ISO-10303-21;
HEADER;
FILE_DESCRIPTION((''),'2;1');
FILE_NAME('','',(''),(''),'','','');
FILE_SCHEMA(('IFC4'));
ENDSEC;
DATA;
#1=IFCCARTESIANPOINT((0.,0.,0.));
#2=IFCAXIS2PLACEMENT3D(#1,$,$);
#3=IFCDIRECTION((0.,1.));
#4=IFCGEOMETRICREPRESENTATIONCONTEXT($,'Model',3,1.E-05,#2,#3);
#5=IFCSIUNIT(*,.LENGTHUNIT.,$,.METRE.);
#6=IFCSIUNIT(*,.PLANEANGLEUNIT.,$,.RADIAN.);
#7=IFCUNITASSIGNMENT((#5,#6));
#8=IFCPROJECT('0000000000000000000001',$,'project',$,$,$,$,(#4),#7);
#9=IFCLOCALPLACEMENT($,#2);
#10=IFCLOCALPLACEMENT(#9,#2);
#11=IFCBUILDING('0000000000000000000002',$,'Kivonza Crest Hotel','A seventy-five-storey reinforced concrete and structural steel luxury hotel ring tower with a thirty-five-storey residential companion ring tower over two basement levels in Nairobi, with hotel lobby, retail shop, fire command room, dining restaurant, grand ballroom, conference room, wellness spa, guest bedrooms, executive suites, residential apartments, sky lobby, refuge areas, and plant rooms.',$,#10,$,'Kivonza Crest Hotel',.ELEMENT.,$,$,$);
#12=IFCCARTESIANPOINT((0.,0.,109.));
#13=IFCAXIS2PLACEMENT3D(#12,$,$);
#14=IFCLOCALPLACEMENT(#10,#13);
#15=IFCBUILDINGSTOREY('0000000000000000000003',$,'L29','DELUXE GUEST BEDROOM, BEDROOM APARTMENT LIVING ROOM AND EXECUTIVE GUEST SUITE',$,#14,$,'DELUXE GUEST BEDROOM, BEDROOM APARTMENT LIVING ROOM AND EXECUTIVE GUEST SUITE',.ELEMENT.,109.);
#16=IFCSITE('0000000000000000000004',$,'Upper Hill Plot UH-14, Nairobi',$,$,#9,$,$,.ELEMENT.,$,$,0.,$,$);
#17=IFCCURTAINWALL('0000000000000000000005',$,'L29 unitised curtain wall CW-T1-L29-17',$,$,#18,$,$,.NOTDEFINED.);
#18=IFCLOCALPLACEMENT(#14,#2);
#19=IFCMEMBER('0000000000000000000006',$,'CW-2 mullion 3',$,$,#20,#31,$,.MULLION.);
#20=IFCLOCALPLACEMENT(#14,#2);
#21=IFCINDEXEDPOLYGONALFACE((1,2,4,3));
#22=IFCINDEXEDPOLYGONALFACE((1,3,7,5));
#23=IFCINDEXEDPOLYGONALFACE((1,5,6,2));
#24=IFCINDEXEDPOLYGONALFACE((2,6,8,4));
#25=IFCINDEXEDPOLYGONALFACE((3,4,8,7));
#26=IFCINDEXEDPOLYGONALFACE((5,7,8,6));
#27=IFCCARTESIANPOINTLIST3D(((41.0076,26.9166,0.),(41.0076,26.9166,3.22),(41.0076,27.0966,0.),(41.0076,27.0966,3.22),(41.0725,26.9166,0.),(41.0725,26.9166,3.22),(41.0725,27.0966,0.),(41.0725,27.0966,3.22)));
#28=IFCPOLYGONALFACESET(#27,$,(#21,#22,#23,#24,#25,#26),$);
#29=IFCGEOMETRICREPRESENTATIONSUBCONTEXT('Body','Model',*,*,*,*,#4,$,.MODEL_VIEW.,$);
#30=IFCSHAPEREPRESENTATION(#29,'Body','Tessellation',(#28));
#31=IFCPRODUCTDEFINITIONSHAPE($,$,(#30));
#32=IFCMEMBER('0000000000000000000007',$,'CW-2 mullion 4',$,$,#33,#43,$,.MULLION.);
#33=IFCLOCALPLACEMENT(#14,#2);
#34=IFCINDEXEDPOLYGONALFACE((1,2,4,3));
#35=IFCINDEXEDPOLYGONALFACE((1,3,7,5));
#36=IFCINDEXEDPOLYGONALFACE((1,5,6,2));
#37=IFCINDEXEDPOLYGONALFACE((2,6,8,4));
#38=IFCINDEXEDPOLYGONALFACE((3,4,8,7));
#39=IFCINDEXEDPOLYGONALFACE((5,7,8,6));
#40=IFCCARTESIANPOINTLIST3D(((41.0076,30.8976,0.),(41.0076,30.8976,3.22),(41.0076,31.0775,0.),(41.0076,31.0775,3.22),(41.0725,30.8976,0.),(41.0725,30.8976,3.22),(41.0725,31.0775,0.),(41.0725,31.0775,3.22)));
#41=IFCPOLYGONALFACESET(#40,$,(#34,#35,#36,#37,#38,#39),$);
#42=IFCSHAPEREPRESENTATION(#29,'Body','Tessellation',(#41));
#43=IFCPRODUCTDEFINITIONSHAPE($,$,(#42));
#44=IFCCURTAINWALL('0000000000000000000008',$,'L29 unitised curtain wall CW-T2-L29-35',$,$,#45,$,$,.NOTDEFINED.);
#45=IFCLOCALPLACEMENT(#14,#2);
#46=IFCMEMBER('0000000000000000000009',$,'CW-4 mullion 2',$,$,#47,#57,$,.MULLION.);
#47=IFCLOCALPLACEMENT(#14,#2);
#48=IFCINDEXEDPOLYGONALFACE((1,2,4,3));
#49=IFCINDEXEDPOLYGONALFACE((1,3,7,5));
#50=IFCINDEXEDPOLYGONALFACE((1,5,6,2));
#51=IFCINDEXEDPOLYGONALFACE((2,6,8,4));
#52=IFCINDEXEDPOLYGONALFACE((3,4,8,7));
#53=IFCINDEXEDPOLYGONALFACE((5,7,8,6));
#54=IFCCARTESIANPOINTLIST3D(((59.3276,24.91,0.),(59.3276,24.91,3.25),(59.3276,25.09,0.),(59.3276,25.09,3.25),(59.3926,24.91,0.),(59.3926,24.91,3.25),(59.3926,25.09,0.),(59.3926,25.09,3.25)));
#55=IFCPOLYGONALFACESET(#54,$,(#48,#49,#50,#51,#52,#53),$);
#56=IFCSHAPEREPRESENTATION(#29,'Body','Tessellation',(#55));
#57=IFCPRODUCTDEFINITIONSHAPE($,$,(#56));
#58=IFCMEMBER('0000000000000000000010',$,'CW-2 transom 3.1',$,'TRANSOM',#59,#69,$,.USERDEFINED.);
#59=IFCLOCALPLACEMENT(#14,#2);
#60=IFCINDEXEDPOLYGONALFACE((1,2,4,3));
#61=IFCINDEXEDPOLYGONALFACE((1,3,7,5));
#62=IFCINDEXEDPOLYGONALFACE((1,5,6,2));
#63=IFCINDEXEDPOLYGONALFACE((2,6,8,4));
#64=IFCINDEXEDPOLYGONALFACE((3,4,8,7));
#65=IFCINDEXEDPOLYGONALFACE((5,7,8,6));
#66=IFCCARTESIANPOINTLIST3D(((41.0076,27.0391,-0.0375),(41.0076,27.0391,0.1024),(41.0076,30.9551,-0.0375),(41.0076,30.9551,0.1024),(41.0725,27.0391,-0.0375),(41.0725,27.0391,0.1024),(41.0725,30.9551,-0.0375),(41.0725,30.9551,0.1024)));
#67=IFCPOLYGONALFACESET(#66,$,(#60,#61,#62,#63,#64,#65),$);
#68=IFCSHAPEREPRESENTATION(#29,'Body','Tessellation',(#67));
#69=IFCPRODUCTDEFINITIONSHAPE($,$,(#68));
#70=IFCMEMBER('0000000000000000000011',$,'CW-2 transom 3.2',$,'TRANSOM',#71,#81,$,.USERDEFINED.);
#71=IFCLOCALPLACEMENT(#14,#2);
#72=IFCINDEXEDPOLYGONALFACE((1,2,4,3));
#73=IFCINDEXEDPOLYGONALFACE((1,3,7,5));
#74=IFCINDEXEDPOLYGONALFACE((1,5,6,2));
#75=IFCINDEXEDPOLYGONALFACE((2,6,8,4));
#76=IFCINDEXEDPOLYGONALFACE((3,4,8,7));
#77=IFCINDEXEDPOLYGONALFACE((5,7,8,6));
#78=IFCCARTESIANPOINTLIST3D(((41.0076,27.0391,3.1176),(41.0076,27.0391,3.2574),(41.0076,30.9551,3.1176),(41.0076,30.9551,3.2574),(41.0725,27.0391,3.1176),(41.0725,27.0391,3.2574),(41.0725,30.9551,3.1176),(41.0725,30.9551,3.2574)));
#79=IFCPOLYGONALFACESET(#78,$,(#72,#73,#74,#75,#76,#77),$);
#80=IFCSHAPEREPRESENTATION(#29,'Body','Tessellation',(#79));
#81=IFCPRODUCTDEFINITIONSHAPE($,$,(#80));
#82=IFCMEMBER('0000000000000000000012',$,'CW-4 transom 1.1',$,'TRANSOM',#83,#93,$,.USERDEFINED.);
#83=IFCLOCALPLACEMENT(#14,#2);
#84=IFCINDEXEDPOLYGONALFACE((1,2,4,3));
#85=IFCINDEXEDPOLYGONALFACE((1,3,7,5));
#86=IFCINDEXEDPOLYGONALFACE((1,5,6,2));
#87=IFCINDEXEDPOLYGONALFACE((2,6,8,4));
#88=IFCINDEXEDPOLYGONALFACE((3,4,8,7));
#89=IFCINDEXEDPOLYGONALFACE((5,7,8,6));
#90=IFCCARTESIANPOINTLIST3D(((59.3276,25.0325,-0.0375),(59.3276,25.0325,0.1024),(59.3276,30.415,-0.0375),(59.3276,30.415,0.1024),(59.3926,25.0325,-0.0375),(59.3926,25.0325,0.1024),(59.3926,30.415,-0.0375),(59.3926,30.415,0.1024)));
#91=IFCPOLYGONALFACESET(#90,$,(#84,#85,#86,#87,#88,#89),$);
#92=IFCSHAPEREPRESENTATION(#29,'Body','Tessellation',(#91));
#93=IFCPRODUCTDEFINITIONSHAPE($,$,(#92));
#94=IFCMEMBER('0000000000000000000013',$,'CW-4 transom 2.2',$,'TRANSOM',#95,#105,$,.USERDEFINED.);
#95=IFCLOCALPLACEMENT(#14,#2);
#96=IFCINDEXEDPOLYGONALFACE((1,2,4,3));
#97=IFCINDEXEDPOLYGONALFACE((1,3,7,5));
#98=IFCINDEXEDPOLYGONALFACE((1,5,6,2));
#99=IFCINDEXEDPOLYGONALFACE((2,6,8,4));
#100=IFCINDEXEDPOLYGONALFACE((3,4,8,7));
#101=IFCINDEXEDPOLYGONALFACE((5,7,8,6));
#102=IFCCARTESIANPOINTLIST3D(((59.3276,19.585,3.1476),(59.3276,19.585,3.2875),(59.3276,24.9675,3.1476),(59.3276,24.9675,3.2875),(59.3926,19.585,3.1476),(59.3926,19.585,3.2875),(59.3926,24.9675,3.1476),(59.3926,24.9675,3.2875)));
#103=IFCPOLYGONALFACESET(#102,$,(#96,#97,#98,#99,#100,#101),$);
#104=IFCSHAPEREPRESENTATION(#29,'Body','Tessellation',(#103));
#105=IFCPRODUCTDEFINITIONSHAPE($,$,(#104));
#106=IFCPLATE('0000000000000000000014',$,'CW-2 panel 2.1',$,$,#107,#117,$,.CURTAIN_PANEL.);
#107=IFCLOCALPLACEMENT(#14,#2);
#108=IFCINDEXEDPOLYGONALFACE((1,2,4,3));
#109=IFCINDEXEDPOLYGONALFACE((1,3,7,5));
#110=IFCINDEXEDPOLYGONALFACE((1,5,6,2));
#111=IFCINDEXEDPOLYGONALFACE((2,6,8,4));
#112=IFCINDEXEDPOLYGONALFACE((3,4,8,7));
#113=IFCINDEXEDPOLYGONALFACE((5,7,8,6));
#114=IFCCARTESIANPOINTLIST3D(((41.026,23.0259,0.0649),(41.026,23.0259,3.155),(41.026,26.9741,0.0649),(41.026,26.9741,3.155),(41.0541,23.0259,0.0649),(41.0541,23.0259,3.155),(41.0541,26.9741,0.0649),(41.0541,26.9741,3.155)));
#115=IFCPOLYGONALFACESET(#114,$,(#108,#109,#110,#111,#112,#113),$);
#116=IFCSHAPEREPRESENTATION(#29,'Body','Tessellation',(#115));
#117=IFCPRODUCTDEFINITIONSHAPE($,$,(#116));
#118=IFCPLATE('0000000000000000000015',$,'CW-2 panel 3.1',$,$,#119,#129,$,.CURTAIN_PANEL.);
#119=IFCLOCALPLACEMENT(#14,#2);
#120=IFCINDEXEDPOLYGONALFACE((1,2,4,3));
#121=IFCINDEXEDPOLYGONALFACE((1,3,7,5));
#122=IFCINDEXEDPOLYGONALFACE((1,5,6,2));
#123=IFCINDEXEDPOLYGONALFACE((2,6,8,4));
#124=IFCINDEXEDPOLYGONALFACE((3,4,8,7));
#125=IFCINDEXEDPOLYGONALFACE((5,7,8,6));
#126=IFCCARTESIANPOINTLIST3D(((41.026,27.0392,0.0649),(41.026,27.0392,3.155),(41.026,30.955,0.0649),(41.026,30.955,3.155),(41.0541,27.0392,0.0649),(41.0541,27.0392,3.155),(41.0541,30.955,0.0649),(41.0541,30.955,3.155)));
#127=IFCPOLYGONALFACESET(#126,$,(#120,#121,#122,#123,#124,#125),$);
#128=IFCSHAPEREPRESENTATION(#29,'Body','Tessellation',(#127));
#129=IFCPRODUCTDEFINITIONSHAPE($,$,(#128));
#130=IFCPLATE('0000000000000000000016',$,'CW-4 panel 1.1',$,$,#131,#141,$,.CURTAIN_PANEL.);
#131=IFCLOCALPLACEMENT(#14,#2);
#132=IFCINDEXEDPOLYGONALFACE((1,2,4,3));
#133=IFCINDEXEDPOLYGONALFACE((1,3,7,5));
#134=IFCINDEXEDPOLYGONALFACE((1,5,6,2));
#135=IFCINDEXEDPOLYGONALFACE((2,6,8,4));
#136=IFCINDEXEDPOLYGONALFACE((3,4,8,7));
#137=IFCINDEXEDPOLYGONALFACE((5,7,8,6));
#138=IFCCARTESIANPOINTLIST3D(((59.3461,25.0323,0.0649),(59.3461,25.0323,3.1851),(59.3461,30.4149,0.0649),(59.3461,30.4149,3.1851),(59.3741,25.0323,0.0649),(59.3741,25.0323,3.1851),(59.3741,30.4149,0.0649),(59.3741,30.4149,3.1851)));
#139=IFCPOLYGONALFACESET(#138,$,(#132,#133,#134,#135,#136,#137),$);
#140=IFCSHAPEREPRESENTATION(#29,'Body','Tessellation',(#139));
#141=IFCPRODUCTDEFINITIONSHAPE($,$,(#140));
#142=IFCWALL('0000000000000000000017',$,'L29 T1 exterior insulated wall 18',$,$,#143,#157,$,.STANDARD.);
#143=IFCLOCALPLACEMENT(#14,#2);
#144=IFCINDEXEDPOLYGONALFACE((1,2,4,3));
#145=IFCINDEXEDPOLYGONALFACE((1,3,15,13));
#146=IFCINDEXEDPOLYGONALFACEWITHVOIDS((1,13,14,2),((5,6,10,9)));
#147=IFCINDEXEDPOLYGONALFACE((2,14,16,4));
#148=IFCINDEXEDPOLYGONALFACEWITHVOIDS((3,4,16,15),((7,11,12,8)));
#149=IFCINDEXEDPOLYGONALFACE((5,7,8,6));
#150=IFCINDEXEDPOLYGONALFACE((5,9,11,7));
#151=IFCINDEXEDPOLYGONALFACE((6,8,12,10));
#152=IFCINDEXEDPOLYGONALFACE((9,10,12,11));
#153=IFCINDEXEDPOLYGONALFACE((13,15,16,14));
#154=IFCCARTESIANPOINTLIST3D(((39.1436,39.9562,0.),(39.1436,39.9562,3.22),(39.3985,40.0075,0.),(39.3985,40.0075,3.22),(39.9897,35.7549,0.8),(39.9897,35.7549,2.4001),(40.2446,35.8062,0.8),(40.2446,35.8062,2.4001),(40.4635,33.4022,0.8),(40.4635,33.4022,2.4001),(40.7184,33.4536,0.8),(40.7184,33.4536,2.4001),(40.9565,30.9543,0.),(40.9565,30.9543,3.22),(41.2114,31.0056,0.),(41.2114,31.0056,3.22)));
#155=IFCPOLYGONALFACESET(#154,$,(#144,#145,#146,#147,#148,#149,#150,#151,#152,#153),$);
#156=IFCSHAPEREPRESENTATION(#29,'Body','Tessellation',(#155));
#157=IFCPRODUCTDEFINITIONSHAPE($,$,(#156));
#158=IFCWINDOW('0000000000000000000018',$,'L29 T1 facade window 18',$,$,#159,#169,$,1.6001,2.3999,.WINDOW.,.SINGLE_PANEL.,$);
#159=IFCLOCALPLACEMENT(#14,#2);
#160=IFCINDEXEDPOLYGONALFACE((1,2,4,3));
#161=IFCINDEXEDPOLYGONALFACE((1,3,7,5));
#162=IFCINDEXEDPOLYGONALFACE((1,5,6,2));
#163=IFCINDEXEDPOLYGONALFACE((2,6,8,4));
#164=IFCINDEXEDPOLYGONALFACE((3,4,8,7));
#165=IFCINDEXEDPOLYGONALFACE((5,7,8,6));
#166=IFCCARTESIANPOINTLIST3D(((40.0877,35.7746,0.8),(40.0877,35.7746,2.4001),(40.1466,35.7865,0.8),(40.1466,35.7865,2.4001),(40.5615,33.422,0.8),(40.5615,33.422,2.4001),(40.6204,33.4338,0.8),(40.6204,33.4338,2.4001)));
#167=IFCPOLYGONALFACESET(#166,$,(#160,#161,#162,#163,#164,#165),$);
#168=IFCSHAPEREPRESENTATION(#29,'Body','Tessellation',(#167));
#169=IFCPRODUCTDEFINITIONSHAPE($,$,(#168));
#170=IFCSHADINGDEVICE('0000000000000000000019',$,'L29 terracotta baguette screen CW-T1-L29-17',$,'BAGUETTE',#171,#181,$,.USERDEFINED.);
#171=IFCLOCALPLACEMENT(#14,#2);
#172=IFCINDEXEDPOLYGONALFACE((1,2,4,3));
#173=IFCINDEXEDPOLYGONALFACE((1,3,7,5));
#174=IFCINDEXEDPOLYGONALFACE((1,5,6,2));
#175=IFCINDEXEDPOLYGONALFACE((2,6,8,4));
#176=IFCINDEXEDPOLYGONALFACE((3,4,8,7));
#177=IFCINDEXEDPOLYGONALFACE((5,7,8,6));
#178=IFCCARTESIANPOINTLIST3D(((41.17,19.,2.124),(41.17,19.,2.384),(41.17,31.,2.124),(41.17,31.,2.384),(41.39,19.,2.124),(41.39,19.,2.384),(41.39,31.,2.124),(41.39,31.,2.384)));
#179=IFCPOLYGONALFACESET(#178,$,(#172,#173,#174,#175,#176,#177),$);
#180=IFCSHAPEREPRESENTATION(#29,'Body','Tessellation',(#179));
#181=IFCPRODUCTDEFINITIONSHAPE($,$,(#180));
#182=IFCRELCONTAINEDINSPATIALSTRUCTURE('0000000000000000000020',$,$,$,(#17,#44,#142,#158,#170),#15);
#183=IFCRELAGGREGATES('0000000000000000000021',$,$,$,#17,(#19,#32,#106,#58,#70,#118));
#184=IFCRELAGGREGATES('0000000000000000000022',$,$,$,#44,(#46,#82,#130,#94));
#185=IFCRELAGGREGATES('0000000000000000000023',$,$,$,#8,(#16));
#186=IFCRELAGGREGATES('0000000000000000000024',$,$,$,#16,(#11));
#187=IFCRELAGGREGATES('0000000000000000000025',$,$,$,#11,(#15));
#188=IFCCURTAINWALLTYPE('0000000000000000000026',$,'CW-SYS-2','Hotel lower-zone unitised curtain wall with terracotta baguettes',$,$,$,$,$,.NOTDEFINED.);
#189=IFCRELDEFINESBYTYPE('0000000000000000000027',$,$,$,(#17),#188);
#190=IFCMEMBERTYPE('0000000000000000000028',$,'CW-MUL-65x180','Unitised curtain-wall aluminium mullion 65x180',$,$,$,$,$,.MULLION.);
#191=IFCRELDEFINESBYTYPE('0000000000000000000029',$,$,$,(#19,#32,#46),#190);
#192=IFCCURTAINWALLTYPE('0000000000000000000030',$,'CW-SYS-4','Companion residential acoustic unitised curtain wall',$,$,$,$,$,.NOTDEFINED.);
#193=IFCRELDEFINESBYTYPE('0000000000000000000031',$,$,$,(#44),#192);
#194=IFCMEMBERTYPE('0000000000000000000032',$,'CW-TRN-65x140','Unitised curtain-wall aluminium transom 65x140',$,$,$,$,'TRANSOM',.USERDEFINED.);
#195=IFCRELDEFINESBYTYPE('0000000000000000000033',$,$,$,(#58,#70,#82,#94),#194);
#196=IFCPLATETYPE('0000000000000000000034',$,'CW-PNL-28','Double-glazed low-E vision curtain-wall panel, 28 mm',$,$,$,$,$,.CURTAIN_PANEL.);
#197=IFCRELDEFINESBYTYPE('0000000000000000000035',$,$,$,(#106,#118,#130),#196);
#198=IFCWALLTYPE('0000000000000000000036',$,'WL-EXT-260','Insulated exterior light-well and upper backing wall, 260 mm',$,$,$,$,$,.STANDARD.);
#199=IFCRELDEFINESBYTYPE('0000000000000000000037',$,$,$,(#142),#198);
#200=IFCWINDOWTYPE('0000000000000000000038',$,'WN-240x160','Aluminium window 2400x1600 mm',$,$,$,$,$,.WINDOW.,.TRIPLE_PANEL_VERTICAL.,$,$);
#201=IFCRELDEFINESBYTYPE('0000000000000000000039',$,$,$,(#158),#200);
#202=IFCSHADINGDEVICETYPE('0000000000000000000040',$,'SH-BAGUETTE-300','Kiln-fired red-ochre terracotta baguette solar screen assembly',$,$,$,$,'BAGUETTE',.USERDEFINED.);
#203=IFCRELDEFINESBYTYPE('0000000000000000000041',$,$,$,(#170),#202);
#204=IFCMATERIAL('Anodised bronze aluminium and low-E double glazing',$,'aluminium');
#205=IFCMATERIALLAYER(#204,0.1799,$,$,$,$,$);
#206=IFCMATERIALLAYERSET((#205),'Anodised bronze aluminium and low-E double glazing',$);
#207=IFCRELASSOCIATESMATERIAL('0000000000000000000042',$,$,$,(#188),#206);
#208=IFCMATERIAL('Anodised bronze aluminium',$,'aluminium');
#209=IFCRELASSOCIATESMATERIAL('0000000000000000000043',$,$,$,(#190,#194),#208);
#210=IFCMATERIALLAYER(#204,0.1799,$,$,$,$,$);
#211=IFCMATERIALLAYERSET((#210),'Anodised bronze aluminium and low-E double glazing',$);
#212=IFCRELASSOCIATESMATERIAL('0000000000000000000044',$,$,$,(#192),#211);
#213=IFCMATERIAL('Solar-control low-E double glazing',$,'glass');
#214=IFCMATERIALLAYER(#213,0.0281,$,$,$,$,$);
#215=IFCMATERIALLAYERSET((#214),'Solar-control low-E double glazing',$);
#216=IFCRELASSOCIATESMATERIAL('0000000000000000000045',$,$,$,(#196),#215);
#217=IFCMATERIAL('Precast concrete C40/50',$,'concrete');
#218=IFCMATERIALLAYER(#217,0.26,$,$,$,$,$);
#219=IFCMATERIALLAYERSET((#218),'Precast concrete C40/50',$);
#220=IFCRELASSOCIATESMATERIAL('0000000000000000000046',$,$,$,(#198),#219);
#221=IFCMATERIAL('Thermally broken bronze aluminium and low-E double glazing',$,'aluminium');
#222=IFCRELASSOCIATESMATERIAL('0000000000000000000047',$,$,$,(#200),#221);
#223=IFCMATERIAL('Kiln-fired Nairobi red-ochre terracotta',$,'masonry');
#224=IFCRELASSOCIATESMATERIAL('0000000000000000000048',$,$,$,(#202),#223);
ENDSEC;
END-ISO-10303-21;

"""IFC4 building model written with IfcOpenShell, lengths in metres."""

from ifc_helpers import new_model, si_unit, direction, frame, frame_2d, origin, origin_2d, place, context, subcontext, project, spatial, rectangle, extrude, material, layer, layer_set, material_profile, profile_set, type_object, element, fill, aggregate, save


model = new_model("IFC4")

# Units and contexts
model_context = context("Model", 3, precision=1e-05, world=origin(), true_north=direction((0.0, 1.0)))
body_context = subcontext(model_context, "Body", "Model", "MODEL_VIEW")
ifc_project = project(units=[si_unit("LENGTHUNIT", "METRE"), si_unit("PLANEANGLEUNIT", "RADIAN")], contexts=[model_context])

# Site, building, storey
site_placement = place(None, origin())
site = spatial("IfcSite", under=ifc_project, at=site_placement, Name="Upper Hill Plot UH-14, Nairobi", CompositionType="ELEMENT", RefElevation=0.0)
building_placement = place(site_placement, origin())
building = spatial("IfcBuilding", under=site, at=building_placement, Name="Kivonza Crest Hotel", Description="A seventy-five-storey reinforced concrete and structural steel luxury hotel ring tower with a thirty-five-storey residential companion ring tower over two basement levels in Nairobi, with hotel lobby, retail shop, fire command room, dining restaurant, grand ballroom, conference room, wellness spa, guest bedrooms, executive suites, residential apartments, sky lobby, refuge areas, and plant rooms.", LongName="Kivonza Crest Hotel", CompositionType="ELEMENT")
storey_placement = place(building_placement, frame((0.0, 0.0, 109.0)))
storey = spatial("IfcBuildingStorey", under=building, at=storey_placement, Name="L29", Description="DELUXE GUEST BEDROOM, BEDROOM APARTMENT LIVING ROOM AND EXECUTIVE GUEST SUITE", LongName="DELUXE GUEST BEDROOM, BEDROOM APARTMENT LIVING ROOM AND EXECUTIVE GUEST SUITE", CompositionType="ELEMENT", Elevation=109.0)

# Curtain wall, members
ifc_material_1 = material(Name="Anodised bronze aluminium and low-E double glazing", Category="aluminium")
ifc_layer_1 = layer(ifc_material_1, 0.1799)
ifc_layer_set_1 = layer_set([ifc_layer_1], Name="Anodised bronze aluminium and low-E double glazing")
curtain_wall_type_1 = type_object("IfcCurtainWallType", Name="CW-SYS-2", Description="Hotel lower-zone unitised curtain wall with terracotta baguettes", PredefinedType="NOTDEFINED", material=ifc_layer_set_1)
curtain_wall_1_placement = place(storey_placement, origin())
curtain_wall_1 = element("IfcCurtainWall", 1, at=curtain_wall_1_placement, inside=storey, type_object=curtain_wall_type_1, Name="L29 unitised curtain wall CW-T1-L29-17", PredefinedType="NOTDEFINED")
ifc_material_2 = material(Name="Anodised bronze aluminium", Category="aluminium")
ifc_material_profile_1 = material_profile(ifc_material_2, rectangle(XDim=0.0649, YDim=0.1799, at=origin_2d()), Name="CW-M 65x180")
ifc_profile_set_1 = profile_set([ifc_material_profile_1], Name="Anodised bronze aluminium")
member_type_1 = type_object("IfcMemberType", Name="CW-MUL-65x180", Description="Unitised curtain-wall aluminium mullion 65x180", PredefinedType="MULLION", material=ifc_profile_set_1)
member_1_placement = place(storey_placement, frame((41.04, 27.0066, 0.0), z_axis=(0.0, 0.0, 1.0), x_axis=(-1.0, 0.0, 0.0)))
member_1 = element("IfcMember", 2, at=member_1_placement, type_object=member_type_1, Name="CW-2 mullion 3", PredefinedType="MULLION", context=body_context, shape_type="SweptSolid", body=[
    extrude(rectangle(XDim=0.0649, YDim=0.1799, at=origin_2d()), origin(), (0.0, 0.0, 1.0), 3.22),
])
member_2_placement = place(storey_placement, frame((41.04, 30.9875, 0.0), z_axis=(0.0, 0.0, 1.0), x_axis=(-1.0, 0.0, 0.0)))
member_2 = element("IfcMember", 3, at=member_2_placement, type_object=member_type_1, Name="CW-2 mullion 4", PredefinedType="MULLION", context=body_context, shape_type="SweptSolid", body=[
    extrude(rectangle(XDim=0.0649, YDim=0.1799, at=origin_2d()), origin(), (0.0, 0.0, 1.0), 3.22),
])

# Curtain wall, member
ifc_layer_2 = layer(ifc_material_1, 0.1799)
ifc_layer_set_2 = layer_set([ifc_layer_2], Name="Anodised bronze aluminium and low-E double glazing")
curtain_wall_type_2 = type_object("IfcCurtainWallType", Name="CW-SYS-4", Description="Companion residential acoustic unitised curtain wall", PredefinedType="NOTDEFINED", material=ifc_layer_set_2)
curtain_wall_2_placement = place(storey_placement, origin())
curtain_wall_2 = element("IfcCurtainWall", 4, at=curtain_wall_2_placement, inside=storey, type_object=curtain_wall_type_2, Name="L29 unitised curtain wall CW-T2-L29-35", PredefinedType="NOTDEFINED")
member_3_placement = place(storey_placement, frame((59.3601, 25.0, 0.0), z_axis=(0.0, 0.0, 1.0), x_axis=(1.0, 0.0, 0.0)))
member_3 = element("IfcMember", 5, at=member_3_placement, type_object=member_type_1, Name="CW-4 mullion 2", PredefinedType="MULLION", context=body_context, shape_type="SweptSolid", body=[
    extrude(rectangle(XDim=0.0649, YDim=0.1799, at=origin_2d()), origin(), (0.0, 0.0, 1.0), 3.25),
])

# Members
ifc_material_profile_2 = material_profile(ifc_material_2, rectangle(XDim=0.0649, YDim=0.1399, at=origin_2d()), Name="CW-T 65x140")
ifc_profile_set_2 = profile_set([ifc_material_profile_2], Name="Anodised bronze aluminium")
member_type_2 = type_object("IfcMemberType", Name="CW-TRN-65x140", Description="Unitised curtain-wall aluminium transom 65x140", ElementType="TRANSOM", PredefinedType="USERDEFINED", material=ifc_profile_set_2)
member_4_placement = place(storey_placement, frame((41.04, 27.0391, 0.0325), z_axis=(0.0, 1.0, 0.0), x_axis=(-1.0, 0.0, 0.0)))
member_4 = element("IfcMember", 6, at=member_4_placement, type_object=member_type_2, Name="CW-2 transom 3.1", ObjectType="TRANSOM", PredefinedType="USERDEFINED", context=body_context, shape_type="SweptSolid", body=[
    extrude(rectangle(XDim=0.0649, YDim=0.1399, at=origin_2d()), origin(), (0.0, 0.0, 1.0), 3.916),
])
member_5_placement = place(storey_placement, frame((41.04, 27.0391, 3.1875), z_axis=(0.0, 1.0, 0.0), x_axis=(-1.0, 0.0, 0.0)))
member_5 = element("IfcMember", 7, at=member_5_placement, type_object=member_type_2, Name="CW-2 transom 3.2", ObjectType="TRANSOM", PredefinedType="USERDEFINED", context=body_context, shape_type="SweptSolid", body=[
    extrude(rectangle(XDim=0.0649, YDim=0.1399, at=origin_2d()), origin(), (0.0, 0.0, 1.0), 3.916),
])
member_6_placement = place(storey_placement, frame((59.3601, 30.415, 0.0325), z_axis=(0.0, -1.0, 0.0), x_axis=(1.0, 0.0, 0.0)))
member_6 = element("IfcMember", 8, at=member_6_placement, type_object=member_type_2, Name="CW-4 transom 1.1", ObjectType="TRANSOM", PredefinedType="USERDEFINED", context=body_context, shape_type="SweptSolid", body=[
    extrude(rectangle(XDim=0.0649, YDim=0.1399, at=origin_2d()), origin(), (0.0, 0.0, 1.0), 5.3826),
])
member_7_placement = place(storey_placement, frame((59.3601, 24.9675, 3.2175), z_axis=(0.0, -1.0, 0.0), x_axis=(1.0, 0.0, 0.0)))
member_7 = element("IfcMember", 9, at=member_7_placement, type_object=member_type_2, Name="CW-4 transom 2.2", ObjectType="TRANSOM", PredefinedType="USERDEFINED", context=body_context, shape_type="SweptSolid", body=[
    extrude(rectangle(XDim=0.0649, YDim=0.1399, at=origin_2d()), origin(), (0.0, 0.0, 1.0), 5.3826),
])

# Plates
ifc_material_3 = material(Name="Solar-control low-E double glazing", Category="glass")
ifc_layer_3 = layer(ifc_material_3, 0.0281)
ifc_layer_set_3 = layer_set([ifc_layer_3], Name="Solar-control low-E double glazing")
plate_type = type_object("IfcPlateType", Name="CW-PNL-28", Description="Double-glazed low-E vision curtain-wall panel, 28 mm", PredefinedType="CURTAIN_PANEL", material=ifc_layer_set_3)
plate_1_placement = place(storey_placement, frame((41.04, 25.0, 0.0649), z_axis=(0.0, 0.0, 1.0), x_axis=(0.0, 1.0, 0.0)))
plate_1 = element("IfcPlate", 10, at=plate_1_placement, type_object=plate_type, Name="CW-2 panel 2.1", PredefinedType="CURTAIN_PANEL", context=body_context, shape_type="SweptSolid", body=[
    extrude(rectangle(XDim=3.9482, YDim=0.0281, at=origin_2d()), origin(), (0.0, 0.0, 1.0), 3.0901),
])
plate_2_placement = place(storey_placement, frame((41.04, 28.9971, 0.0649), z_axis=(0.0, 0.0, 1.0), x_axis=(0.0, 1.0, 0.0)))
plate_2 = element("IfcPlate", 11, at=plate_2_placement, type_object=plate_type, Name="CW-2 panel 3.1", PredefinedType="CURTAIN_PANEL", context=body_context, shape_type="SweptSolid", body=[
    extrude(rectangle(XDim=3.9158, YDim=0.0281, at=origin_2d()), origin(), (0.0, 0.0, 1.0), 3.0901),
])
aggregate(curtain_wall_1, [member_1, member_2, plate_1, member_4, member_5, plate_2])
plate_3_placement = place(storey_placement, frame((59.3601, 27.7236, 0.0649), z_axis=(0.0, 0.0, 1.0), x_axis=(0.0, -1.0, 0.0)))
plate_3 = element("IfcPlate", 12, at=plate_3_placement, type_object=plate_type, Name="CW-4 panel 1.1", PredefinedType="CURTAIN_PANEL", context=body_context, shape_type="SweptSolid", body=[
    extrude(rectangle(XDim=5.3826, YDim=0.0281, at=origin_2d()), origin(), (0.0, 0.0, 1.0), 3.1201),
])
aggregate(curtain_wall_2, [member_3, member_6, plate_3, member_7])

# Wall, opening, window
ifc_material_4 = material(Name="Precast concrete C40/50", Category="concrete")
ifc_layer_4 = layer(ifc_material_4, 0.26)
ifc_layer_set_4 = layer_set([ifc_layer_4], Name="Precast concrete C40/50")
wall_type = type_object("IfcWallType", Name="WL-EXT-260", Description="Insulated exterior light-well and upper backing wall, 260 mm", PredefinedType="STANDARD", material=ifc_layer_set_4)
wall_placement = place(storey_placement, frame((41.084, 30.98, 0.0), z_axis=(0.0, 0.0, 1.0), x_axis=(-0.197435, 0.980316, 0.0)))
wall = element("IfcWall", 13, at=wall_placement, inside=storey, type_object=wall_type, Name="L29 T1 exterior insulated wall 18", PredefinedType="STANDARD", context=body_context, shape_type="SweptSolid", body=[
    extrude(rectangle(XDim=9.1826, YDim=0.26, at=frame_2d((4.5913, 0.0))), origin(), (0.0, 0.0, 1.0), 3.22),
])
opening_placement = place(wall_placement, frame((2.4971, 0.0, 0.8)))
opening = element("IfcOpeningElement", 14, at=opening_placement, cuts=wall, PredefinedType="OPENING", context=body_context, shape_type="SweptSolid", body=[
    extrude(rectangle(XDim=2.3999, YDim=1.6001, at=frame_2d((1.2, 0.8))), frame((0.0, 0.1401, 0.0), z_axis=(0.0, -1.0, 0.0), x_axis=(1.0, 0.0, 0.0)), (0.0, 0.0, 1.0), 0.28),
])
ifc_material_5 = material(Name="Thermally broken bronze aluminium and low-E double glazing", Category="aluminium")
window_type = type_object("IfcWindowType", Name="WN-240x160", Description="Aluminium window 2400x1600 mm", PartitioningType="TRIPLE_PANEL_VERTICAL", PredefinedType="WINDOW", material=ifc_material_5)
window_placement = place(opening_placement, origin())
window = element("IfcWindow", 15, at=window_placement, inside=storey, type_object=window_type, Name="L29 T1 facade window 18", OverallHeight=1.6001, OverallWidth=2.3999, PartitioningType="SINGLE_PANEL", PredefinedType="WINDOW", context=body_context, shape_type="SweptSolid", body=[
    extrude(rectangle(XDim=2.3999, YDim=1.6001, at=frame_2d((1.2, 0.8))), frame((0.0, 0.03, 0.0), z_axis=(0.0, -1.0, 0.0), x_axis=(1.0, 0.0, 0.0)), (0.0, 0.0, 1.0), 0.0601),
])
fill(opening, window)

# Shading device
ifc_material_6 = material(Name="Kiln-fired Nairobi red-ochre terracotta", Category="masonry")
shading_device_type_1 = type_object("IfcShadingDeviceType", Name="SH-BAGUETTE-300", Description="Kiln-fired red-ochre terracotta baguette solar screen assembly", ElementType="BAGUETTE", PredefinedType="USERDEFINED", material=ifc_material_6)
shading_device_1_placement = place(storey_placement, frame((41.28, 25.0, 2.124), z_axis=(0.0, 0.0, 1.0), x_axis=(0.0, 1.0, 0.0)))
element("IfcShadingDevice", 16, at=shading_device_1_placement, inside=storey, type_object=shading_device_type_1, Name="L29 terracotta baguette screen CW-T1-L29-17", ObjectType="BAGUETTE", PredefinedType="USERDEFINED", context=body_context, shape_type="SweptSolid", body=[
    extrude(rectangle(XDim=12.0, YDim=0.22, at=origin_2d()), origin(), (0.0, 0.0, 1.0), 0.26),
])

save(model, "model.ifc")
